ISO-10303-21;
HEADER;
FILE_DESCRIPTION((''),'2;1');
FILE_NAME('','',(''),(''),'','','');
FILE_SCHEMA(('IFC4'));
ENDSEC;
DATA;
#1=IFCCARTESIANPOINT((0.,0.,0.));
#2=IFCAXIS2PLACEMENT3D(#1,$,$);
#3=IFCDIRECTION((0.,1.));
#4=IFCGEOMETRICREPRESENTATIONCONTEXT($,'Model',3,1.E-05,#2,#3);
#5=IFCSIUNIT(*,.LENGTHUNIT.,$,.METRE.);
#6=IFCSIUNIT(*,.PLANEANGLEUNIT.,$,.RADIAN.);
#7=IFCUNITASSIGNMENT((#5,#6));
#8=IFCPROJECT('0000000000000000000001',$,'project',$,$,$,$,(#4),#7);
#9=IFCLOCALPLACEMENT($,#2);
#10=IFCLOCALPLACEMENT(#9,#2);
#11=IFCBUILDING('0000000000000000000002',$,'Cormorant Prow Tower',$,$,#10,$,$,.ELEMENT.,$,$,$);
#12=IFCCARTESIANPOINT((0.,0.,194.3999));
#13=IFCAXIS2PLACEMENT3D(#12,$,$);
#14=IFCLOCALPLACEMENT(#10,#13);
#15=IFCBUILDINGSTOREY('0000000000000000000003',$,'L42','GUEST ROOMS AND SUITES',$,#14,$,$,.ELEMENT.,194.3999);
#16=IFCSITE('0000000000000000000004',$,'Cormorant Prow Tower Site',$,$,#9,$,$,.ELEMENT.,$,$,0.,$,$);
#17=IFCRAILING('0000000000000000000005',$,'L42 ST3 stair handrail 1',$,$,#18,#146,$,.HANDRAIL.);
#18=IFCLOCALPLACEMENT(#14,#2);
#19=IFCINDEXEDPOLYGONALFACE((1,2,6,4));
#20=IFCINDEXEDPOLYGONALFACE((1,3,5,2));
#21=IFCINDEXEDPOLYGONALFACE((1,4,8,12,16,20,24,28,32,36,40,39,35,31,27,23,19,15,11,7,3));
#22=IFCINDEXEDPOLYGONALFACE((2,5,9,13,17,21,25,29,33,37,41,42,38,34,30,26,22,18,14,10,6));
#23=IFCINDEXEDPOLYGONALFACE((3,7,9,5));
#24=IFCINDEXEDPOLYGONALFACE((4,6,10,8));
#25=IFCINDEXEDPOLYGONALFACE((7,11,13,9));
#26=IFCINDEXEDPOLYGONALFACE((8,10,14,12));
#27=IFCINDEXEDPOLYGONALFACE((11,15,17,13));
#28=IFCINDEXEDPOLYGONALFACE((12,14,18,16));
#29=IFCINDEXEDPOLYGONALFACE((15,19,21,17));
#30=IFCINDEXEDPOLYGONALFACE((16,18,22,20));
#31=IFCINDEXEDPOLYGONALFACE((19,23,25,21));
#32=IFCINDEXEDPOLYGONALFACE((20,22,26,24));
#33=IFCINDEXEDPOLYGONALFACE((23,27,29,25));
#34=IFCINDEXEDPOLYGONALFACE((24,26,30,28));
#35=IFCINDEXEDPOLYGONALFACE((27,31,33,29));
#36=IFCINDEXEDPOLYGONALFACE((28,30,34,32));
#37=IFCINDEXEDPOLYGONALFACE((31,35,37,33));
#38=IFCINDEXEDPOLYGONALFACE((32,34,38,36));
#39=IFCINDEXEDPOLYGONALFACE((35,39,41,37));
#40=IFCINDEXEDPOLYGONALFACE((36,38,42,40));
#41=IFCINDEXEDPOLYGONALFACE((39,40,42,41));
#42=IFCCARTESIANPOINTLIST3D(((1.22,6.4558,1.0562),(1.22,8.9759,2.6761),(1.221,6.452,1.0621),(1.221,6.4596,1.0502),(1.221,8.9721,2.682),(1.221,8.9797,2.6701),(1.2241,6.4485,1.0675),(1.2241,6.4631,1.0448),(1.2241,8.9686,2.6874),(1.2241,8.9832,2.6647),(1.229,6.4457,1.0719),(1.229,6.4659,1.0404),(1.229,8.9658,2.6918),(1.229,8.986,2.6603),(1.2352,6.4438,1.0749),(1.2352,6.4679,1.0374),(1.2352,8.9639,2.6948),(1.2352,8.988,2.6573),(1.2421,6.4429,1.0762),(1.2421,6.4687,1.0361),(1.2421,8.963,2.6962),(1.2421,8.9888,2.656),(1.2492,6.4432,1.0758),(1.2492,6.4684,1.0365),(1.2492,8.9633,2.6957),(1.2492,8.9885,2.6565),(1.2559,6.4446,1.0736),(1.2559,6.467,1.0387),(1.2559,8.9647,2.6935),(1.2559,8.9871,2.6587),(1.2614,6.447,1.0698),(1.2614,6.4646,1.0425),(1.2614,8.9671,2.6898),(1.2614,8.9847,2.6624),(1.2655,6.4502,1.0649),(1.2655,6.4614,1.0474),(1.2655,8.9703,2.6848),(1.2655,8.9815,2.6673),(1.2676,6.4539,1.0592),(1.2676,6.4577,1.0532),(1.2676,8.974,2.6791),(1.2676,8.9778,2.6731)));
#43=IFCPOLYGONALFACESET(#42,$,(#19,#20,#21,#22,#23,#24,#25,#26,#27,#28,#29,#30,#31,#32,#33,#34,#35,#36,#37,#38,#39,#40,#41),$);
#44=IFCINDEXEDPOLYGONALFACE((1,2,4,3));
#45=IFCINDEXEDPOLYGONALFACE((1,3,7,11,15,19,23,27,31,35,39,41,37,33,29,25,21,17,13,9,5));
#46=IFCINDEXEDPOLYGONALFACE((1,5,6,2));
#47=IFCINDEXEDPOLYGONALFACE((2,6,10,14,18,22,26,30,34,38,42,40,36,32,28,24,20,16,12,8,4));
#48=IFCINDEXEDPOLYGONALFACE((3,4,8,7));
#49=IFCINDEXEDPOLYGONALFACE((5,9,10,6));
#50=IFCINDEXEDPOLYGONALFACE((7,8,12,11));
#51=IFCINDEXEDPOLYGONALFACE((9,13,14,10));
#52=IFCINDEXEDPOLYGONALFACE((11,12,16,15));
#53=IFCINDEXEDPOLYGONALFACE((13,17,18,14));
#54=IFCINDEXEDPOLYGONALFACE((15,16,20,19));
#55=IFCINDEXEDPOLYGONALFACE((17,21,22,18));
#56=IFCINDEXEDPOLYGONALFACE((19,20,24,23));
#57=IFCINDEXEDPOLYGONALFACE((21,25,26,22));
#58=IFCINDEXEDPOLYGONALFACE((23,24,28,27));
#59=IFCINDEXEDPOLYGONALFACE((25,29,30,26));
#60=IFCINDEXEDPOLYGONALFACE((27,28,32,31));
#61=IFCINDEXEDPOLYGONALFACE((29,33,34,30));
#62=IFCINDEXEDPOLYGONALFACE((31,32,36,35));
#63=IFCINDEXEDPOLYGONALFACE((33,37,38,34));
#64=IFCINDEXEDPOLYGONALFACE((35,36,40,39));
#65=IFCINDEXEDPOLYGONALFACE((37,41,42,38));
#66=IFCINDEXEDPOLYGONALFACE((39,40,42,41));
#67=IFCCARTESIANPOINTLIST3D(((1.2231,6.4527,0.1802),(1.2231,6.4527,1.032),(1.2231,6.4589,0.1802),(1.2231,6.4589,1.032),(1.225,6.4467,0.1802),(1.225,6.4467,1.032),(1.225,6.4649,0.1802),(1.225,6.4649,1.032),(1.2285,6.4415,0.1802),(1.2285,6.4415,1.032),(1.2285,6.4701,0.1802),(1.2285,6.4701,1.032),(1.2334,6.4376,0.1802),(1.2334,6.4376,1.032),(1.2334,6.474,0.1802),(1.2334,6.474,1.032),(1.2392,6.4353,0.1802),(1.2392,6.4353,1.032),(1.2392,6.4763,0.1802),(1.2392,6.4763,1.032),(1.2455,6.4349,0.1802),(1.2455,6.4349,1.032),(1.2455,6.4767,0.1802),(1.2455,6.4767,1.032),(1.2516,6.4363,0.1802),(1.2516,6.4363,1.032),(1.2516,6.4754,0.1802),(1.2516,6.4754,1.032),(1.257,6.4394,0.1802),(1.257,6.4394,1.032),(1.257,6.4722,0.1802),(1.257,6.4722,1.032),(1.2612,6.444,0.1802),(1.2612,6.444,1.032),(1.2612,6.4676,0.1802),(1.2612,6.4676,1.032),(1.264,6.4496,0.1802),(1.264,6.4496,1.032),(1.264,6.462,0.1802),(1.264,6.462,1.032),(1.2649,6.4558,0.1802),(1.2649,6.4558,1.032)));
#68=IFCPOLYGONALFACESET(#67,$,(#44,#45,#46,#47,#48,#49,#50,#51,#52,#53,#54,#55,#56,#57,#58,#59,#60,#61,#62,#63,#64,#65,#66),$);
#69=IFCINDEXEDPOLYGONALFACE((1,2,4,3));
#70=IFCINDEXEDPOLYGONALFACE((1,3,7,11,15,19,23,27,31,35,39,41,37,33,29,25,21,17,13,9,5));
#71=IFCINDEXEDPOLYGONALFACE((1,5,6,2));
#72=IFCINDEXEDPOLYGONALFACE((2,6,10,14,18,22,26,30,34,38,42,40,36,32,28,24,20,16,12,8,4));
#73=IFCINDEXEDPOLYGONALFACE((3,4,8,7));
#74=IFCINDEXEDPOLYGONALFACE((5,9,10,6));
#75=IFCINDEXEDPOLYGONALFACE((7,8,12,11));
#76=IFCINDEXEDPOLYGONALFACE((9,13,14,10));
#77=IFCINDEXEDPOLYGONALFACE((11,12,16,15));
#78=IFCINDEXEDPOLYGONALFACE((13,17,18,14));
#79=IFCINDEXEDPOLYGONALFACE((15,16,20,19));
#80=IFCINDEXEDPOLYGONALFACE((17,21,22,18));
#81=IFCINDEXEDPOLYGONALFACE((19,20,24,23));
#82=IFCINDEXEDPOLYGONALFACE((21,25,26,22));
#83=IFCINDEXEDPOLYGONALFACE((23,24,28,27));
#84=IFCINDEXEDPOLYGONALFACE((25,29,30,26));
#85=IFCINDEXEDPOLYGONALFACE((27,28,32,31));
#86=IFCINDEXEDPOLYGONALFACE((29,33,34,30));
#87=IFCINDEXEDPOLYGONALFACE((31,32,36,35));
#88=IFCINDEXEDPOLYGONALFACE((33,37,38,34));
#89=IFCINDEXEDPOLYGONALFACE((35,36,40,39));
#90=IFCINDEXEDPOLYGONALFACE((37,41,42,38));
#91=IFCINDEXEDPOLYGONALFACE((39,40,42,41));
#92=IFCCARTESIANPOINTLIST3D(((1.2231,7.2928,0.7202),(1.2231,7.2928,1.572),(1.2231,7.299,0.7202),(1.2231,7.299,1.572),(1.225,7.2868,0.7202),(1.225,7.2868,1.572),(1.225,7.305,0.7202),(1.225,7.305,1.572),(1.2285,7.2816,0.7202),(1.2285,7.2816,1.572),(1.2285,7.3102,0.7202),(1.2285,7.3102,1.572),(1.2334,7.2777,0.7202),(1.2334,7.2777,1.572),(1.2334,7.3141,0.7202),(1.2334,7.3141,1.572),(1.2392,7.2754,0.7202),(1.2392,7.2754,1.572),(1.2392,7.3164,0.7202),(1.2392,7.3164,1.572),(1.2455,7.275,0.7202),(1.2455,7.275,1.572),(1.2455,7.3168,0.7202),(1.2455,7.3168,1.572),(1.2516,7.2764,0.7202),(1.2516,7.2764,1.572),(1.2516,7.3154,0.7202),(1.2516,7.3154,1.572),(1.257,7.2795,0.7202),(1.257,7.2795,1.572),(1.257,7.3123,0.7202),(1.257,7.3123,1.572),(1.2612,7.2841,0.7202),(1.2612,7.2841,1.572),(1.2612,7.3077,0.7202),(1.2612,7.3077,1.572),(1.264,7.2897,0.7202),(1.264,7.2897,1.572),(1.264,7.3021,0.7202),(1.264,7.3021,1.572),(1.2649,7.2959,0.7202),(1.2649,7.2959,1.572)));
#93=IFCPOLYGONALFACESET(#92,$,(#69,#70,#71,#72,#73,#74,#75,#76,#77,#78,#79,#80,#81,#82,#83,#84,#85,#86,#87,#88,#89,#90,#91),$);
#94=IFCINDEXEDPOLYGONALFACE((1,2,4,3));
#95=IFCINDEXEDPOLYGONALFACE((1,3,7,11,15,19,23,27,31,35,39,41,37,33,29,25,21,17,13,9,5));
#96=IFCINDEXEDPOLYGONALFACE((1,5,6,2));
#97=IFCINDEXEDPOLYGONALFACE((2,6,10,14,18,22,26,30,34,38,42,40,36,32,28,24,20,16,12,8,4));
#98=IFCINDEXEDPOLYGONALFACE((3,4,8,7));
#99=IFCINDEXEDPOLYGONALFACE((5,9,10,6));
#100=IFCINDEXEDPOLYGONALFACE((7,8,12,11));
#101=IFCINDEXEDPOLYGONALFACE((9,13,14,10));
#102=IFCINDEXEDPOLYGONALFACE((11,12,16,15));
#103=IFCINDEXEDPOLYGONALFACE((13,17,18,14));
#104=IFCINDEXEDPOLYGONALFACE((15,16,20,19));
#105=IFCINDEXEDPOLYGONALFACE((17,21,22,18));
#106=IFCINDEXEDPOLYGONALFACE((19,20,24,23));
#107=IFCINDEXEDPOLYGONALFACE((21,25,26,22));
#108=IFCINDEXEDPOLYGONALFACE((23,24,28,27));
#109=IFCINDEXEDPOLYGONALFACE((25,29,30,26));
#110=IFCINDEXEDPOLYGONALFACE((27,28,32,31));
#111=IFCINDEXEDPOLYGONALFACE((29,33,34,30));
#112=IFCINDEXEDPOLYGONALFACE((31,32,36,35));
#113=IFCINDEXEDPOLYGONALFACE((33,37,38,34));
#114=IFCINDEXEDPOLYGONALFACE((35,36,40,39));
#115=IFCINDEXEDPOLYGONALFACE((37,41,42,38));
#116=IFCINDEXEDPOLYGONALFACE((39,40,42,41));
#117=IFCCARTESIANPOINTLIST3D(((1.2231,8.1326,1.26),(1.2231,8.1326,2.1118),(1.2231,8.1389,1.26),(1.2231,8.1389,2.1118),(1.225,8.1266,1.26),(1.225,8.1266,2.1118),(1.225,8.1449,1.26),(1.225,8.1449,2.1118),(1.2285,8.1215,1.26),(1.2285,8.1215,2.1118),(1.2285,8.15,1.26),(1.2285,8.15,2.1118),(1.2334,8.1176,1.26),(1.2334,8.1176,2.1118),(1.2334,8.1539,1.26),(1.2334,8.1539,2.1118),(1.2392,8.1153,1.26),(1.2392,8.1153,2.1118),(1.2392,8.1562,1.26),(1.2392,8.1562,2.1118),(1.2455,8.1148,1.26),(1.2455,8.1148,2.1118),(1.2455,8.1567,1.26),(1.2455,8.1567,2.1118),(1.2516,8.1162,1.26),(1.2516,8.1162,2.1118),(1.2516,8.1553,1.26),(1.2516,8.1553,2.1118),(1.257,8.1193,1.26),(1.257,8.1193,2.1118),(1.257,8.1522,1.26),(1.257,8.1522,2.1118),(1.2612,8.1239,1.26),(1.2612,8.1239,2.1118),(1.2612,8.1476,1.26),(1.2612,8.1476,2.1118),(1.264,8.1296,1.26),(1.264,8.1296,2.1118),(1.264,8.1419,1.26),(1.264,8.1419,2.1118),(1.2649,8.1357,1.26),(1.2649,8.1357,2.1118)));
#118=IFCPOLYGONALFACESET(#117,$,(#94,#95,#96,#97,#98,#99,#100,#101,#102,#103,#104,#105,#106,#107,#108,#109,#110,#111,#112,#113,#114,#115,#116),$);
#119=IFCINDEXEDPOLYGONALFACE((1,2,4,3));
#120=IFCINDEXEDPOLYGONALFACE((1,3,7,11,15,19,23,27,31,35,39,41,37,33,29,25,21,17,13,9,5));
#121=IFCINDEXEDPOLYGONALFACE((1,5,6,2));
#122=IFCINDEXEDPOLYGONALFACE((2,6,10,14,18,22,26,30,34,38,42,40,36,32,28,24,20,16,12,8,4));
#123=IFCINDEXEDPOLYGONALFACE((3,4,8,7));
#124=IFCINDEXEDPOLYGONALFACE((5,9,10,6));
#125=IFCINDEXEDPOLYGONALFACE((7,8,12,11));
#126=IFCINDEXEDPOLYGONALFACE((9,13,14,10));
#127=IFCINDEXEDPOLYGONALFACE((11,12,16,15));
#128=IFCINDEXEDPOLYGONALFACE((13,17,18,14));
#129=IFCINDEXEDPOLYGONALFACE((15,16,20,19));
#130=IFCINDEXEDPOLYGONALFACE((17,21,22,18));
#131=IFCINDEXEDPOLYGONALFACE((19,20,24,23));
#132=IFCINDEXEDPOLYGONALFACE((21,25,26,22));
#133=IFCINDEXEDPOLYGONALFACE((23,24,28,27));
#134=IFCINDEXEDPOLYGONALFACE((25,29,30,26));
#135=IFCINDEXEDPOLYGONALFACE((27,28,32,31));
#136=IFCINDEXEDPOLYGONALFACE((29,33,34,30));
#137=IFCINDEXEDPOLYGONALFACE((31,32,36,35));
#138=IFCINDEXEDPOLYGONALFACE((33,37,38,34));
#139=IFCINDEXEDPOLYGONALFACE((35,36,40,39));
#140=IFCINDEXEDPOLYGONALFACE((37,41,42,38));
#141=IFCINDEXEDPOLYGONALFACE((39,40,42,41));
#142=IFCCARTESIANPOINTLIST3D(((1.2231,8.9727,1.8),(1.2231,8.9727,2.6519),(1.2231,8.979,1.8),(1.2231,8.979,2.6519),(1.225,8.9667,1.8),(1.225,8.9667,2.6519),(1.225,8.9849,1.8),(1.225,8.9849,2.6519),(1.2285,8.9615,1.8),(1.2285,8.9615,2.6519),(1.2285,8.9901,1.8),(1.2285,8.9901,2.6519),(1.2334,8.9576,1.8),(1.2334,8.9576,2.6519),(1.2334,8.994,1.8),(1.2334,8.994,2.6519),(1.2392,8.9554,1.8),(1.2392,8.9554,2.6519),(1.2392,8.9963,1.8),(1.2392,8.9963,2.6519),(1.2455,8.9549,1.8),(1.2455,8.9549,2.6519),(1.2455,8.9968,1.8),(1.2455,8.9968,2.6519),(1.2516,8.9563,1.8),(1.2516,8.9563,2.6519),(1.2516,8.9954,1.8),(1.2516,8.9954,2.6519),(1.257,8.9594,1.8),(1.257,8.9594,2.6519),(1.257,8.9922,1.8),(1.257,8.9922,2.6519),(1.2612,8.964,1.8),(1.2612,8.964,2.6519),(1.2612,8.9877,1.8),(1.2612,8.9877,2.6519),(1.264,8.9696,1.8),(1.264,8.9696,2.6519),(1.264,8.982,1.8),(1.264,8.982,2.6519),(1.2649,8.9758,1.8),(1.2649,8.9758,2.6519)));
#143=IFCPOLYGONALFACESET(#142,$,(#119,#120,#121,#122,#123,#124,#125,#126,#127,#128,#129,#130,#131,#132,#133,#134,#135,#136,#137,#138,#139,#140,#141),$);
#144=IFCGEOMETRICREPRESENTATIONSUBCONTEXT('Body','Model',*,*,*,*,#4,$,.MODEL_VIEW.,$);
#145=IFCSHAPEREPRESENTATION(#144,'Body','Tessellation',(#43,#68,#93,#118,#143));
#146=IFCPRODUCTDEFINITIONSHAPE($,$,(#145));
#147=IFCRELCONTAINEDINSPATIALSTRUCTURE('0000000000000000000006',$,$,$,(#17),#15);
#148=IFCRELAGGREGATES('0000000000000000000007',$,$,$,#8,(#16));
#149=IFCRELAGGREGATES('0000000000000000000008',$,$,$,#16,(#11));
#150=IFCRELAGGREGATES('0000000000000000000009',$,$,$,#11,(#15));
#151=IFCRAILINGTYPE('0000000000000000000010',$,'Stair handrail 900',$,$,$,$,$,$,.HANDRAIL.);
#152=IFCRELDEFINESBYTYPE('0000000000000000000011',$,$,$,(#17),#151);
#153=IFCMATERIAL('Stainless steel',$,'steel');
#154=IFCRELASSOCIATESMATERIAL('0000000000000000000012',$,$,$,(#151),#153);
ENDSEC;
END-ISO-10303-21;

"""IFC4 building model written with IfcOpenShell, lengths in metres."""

from ifc_helpers import new_model, si_unit, direction, frame, origin, origin_2d, place, context, subcontext, project, spatial, circle, extrude, material, type_object, element, save


model = new_model("IFC4")

# Units and contexts
model_context = context("Model", 3, precision=1e-05, world=origin(), true_north=direction((0.0, 1.0)))
body_context = subcontext(model_context, "Body", "Model", "MODEL_VIEW")
ifc_project = project(units=[si_unit("LENGTHUNIT", "METRE"), si_unit("PLANEANGLEUNIT", "RADIAN")], contexts=[model_context])

# Site, building, storey
site_placement = place(None, origin())
site = spatial("IfcSite", under=ifc_project, at=site_placement, Name="Cormorant Prow Tower Site", CompositionType="ELEMENT", RefElevation=0.0)
building_placement = place(site_placement, origin())
building = spatial("IfcBuilding", under=site, at=building_placement, Name="Cormorant Prow Tower", CompositionType="ELEMENT")
storey_placement = place(building_placement, frame((0.0, 0.0, 194.3999)))
storey = spatial("IfcBuildingStorey", under=building, at=storey_placement, Name="L42", Description="GUEST ROOMS AND SUITES", CompositionType="ELEMENT", Elevation=194.3999)

# Railing
ifc_material_1 = material(Name="Stainless steel", Category="steel")
railing_type_1 = type_object("IfcRailingType", Name="Stair handrail 900", PredefinedType="HANDRAIL", material=ifc_material_1)
railing_1_placement = place(storey_placement, frame((1.2439, 6.4558, 0.1802)))
element("IfcRailing", 1, at=railing_1_placement, inside=storey, type_object=railing_type_1, Name="L42 ST3 stair handrail 1", PredefinedType="HANDRAIL", context=body_context, shape_type="SweptSolid", body=[
    extrude(circle(Radius=0.0239, at=origin_2d()), frame((0.0, 0.0, 0.876), z_axis=(0.0, 0.8412, 0.540725), x_axis=(-1.0, 0.0, 0.0)), (0.0, 0.0, 1.0), 2.9958),
    extrude(circle(Radius=0.021, at=origin_2d()), origin(), (0.0, 0.0, 1.0), 0.8518),
    extrude(circle(Radius=0.021, at=origin_2d()), frame((0.0, 0.8401, 0.54)), (0.0, 0.0, 1.0), 0.8518),
    extrude(circle(Radius=0.021, at=origin_2d()), frame((0.0, 1.6799, 1.0798)), (0.0, 0.0, 1.0), 0.8518),
    extrude(circle(Radius=0.021, at=origin_2d()), frame((0.0, 2.52, 1.6199)), (0.0, 0.0, 1.0), 0.8518),
])

save(model, "model.ifc")
